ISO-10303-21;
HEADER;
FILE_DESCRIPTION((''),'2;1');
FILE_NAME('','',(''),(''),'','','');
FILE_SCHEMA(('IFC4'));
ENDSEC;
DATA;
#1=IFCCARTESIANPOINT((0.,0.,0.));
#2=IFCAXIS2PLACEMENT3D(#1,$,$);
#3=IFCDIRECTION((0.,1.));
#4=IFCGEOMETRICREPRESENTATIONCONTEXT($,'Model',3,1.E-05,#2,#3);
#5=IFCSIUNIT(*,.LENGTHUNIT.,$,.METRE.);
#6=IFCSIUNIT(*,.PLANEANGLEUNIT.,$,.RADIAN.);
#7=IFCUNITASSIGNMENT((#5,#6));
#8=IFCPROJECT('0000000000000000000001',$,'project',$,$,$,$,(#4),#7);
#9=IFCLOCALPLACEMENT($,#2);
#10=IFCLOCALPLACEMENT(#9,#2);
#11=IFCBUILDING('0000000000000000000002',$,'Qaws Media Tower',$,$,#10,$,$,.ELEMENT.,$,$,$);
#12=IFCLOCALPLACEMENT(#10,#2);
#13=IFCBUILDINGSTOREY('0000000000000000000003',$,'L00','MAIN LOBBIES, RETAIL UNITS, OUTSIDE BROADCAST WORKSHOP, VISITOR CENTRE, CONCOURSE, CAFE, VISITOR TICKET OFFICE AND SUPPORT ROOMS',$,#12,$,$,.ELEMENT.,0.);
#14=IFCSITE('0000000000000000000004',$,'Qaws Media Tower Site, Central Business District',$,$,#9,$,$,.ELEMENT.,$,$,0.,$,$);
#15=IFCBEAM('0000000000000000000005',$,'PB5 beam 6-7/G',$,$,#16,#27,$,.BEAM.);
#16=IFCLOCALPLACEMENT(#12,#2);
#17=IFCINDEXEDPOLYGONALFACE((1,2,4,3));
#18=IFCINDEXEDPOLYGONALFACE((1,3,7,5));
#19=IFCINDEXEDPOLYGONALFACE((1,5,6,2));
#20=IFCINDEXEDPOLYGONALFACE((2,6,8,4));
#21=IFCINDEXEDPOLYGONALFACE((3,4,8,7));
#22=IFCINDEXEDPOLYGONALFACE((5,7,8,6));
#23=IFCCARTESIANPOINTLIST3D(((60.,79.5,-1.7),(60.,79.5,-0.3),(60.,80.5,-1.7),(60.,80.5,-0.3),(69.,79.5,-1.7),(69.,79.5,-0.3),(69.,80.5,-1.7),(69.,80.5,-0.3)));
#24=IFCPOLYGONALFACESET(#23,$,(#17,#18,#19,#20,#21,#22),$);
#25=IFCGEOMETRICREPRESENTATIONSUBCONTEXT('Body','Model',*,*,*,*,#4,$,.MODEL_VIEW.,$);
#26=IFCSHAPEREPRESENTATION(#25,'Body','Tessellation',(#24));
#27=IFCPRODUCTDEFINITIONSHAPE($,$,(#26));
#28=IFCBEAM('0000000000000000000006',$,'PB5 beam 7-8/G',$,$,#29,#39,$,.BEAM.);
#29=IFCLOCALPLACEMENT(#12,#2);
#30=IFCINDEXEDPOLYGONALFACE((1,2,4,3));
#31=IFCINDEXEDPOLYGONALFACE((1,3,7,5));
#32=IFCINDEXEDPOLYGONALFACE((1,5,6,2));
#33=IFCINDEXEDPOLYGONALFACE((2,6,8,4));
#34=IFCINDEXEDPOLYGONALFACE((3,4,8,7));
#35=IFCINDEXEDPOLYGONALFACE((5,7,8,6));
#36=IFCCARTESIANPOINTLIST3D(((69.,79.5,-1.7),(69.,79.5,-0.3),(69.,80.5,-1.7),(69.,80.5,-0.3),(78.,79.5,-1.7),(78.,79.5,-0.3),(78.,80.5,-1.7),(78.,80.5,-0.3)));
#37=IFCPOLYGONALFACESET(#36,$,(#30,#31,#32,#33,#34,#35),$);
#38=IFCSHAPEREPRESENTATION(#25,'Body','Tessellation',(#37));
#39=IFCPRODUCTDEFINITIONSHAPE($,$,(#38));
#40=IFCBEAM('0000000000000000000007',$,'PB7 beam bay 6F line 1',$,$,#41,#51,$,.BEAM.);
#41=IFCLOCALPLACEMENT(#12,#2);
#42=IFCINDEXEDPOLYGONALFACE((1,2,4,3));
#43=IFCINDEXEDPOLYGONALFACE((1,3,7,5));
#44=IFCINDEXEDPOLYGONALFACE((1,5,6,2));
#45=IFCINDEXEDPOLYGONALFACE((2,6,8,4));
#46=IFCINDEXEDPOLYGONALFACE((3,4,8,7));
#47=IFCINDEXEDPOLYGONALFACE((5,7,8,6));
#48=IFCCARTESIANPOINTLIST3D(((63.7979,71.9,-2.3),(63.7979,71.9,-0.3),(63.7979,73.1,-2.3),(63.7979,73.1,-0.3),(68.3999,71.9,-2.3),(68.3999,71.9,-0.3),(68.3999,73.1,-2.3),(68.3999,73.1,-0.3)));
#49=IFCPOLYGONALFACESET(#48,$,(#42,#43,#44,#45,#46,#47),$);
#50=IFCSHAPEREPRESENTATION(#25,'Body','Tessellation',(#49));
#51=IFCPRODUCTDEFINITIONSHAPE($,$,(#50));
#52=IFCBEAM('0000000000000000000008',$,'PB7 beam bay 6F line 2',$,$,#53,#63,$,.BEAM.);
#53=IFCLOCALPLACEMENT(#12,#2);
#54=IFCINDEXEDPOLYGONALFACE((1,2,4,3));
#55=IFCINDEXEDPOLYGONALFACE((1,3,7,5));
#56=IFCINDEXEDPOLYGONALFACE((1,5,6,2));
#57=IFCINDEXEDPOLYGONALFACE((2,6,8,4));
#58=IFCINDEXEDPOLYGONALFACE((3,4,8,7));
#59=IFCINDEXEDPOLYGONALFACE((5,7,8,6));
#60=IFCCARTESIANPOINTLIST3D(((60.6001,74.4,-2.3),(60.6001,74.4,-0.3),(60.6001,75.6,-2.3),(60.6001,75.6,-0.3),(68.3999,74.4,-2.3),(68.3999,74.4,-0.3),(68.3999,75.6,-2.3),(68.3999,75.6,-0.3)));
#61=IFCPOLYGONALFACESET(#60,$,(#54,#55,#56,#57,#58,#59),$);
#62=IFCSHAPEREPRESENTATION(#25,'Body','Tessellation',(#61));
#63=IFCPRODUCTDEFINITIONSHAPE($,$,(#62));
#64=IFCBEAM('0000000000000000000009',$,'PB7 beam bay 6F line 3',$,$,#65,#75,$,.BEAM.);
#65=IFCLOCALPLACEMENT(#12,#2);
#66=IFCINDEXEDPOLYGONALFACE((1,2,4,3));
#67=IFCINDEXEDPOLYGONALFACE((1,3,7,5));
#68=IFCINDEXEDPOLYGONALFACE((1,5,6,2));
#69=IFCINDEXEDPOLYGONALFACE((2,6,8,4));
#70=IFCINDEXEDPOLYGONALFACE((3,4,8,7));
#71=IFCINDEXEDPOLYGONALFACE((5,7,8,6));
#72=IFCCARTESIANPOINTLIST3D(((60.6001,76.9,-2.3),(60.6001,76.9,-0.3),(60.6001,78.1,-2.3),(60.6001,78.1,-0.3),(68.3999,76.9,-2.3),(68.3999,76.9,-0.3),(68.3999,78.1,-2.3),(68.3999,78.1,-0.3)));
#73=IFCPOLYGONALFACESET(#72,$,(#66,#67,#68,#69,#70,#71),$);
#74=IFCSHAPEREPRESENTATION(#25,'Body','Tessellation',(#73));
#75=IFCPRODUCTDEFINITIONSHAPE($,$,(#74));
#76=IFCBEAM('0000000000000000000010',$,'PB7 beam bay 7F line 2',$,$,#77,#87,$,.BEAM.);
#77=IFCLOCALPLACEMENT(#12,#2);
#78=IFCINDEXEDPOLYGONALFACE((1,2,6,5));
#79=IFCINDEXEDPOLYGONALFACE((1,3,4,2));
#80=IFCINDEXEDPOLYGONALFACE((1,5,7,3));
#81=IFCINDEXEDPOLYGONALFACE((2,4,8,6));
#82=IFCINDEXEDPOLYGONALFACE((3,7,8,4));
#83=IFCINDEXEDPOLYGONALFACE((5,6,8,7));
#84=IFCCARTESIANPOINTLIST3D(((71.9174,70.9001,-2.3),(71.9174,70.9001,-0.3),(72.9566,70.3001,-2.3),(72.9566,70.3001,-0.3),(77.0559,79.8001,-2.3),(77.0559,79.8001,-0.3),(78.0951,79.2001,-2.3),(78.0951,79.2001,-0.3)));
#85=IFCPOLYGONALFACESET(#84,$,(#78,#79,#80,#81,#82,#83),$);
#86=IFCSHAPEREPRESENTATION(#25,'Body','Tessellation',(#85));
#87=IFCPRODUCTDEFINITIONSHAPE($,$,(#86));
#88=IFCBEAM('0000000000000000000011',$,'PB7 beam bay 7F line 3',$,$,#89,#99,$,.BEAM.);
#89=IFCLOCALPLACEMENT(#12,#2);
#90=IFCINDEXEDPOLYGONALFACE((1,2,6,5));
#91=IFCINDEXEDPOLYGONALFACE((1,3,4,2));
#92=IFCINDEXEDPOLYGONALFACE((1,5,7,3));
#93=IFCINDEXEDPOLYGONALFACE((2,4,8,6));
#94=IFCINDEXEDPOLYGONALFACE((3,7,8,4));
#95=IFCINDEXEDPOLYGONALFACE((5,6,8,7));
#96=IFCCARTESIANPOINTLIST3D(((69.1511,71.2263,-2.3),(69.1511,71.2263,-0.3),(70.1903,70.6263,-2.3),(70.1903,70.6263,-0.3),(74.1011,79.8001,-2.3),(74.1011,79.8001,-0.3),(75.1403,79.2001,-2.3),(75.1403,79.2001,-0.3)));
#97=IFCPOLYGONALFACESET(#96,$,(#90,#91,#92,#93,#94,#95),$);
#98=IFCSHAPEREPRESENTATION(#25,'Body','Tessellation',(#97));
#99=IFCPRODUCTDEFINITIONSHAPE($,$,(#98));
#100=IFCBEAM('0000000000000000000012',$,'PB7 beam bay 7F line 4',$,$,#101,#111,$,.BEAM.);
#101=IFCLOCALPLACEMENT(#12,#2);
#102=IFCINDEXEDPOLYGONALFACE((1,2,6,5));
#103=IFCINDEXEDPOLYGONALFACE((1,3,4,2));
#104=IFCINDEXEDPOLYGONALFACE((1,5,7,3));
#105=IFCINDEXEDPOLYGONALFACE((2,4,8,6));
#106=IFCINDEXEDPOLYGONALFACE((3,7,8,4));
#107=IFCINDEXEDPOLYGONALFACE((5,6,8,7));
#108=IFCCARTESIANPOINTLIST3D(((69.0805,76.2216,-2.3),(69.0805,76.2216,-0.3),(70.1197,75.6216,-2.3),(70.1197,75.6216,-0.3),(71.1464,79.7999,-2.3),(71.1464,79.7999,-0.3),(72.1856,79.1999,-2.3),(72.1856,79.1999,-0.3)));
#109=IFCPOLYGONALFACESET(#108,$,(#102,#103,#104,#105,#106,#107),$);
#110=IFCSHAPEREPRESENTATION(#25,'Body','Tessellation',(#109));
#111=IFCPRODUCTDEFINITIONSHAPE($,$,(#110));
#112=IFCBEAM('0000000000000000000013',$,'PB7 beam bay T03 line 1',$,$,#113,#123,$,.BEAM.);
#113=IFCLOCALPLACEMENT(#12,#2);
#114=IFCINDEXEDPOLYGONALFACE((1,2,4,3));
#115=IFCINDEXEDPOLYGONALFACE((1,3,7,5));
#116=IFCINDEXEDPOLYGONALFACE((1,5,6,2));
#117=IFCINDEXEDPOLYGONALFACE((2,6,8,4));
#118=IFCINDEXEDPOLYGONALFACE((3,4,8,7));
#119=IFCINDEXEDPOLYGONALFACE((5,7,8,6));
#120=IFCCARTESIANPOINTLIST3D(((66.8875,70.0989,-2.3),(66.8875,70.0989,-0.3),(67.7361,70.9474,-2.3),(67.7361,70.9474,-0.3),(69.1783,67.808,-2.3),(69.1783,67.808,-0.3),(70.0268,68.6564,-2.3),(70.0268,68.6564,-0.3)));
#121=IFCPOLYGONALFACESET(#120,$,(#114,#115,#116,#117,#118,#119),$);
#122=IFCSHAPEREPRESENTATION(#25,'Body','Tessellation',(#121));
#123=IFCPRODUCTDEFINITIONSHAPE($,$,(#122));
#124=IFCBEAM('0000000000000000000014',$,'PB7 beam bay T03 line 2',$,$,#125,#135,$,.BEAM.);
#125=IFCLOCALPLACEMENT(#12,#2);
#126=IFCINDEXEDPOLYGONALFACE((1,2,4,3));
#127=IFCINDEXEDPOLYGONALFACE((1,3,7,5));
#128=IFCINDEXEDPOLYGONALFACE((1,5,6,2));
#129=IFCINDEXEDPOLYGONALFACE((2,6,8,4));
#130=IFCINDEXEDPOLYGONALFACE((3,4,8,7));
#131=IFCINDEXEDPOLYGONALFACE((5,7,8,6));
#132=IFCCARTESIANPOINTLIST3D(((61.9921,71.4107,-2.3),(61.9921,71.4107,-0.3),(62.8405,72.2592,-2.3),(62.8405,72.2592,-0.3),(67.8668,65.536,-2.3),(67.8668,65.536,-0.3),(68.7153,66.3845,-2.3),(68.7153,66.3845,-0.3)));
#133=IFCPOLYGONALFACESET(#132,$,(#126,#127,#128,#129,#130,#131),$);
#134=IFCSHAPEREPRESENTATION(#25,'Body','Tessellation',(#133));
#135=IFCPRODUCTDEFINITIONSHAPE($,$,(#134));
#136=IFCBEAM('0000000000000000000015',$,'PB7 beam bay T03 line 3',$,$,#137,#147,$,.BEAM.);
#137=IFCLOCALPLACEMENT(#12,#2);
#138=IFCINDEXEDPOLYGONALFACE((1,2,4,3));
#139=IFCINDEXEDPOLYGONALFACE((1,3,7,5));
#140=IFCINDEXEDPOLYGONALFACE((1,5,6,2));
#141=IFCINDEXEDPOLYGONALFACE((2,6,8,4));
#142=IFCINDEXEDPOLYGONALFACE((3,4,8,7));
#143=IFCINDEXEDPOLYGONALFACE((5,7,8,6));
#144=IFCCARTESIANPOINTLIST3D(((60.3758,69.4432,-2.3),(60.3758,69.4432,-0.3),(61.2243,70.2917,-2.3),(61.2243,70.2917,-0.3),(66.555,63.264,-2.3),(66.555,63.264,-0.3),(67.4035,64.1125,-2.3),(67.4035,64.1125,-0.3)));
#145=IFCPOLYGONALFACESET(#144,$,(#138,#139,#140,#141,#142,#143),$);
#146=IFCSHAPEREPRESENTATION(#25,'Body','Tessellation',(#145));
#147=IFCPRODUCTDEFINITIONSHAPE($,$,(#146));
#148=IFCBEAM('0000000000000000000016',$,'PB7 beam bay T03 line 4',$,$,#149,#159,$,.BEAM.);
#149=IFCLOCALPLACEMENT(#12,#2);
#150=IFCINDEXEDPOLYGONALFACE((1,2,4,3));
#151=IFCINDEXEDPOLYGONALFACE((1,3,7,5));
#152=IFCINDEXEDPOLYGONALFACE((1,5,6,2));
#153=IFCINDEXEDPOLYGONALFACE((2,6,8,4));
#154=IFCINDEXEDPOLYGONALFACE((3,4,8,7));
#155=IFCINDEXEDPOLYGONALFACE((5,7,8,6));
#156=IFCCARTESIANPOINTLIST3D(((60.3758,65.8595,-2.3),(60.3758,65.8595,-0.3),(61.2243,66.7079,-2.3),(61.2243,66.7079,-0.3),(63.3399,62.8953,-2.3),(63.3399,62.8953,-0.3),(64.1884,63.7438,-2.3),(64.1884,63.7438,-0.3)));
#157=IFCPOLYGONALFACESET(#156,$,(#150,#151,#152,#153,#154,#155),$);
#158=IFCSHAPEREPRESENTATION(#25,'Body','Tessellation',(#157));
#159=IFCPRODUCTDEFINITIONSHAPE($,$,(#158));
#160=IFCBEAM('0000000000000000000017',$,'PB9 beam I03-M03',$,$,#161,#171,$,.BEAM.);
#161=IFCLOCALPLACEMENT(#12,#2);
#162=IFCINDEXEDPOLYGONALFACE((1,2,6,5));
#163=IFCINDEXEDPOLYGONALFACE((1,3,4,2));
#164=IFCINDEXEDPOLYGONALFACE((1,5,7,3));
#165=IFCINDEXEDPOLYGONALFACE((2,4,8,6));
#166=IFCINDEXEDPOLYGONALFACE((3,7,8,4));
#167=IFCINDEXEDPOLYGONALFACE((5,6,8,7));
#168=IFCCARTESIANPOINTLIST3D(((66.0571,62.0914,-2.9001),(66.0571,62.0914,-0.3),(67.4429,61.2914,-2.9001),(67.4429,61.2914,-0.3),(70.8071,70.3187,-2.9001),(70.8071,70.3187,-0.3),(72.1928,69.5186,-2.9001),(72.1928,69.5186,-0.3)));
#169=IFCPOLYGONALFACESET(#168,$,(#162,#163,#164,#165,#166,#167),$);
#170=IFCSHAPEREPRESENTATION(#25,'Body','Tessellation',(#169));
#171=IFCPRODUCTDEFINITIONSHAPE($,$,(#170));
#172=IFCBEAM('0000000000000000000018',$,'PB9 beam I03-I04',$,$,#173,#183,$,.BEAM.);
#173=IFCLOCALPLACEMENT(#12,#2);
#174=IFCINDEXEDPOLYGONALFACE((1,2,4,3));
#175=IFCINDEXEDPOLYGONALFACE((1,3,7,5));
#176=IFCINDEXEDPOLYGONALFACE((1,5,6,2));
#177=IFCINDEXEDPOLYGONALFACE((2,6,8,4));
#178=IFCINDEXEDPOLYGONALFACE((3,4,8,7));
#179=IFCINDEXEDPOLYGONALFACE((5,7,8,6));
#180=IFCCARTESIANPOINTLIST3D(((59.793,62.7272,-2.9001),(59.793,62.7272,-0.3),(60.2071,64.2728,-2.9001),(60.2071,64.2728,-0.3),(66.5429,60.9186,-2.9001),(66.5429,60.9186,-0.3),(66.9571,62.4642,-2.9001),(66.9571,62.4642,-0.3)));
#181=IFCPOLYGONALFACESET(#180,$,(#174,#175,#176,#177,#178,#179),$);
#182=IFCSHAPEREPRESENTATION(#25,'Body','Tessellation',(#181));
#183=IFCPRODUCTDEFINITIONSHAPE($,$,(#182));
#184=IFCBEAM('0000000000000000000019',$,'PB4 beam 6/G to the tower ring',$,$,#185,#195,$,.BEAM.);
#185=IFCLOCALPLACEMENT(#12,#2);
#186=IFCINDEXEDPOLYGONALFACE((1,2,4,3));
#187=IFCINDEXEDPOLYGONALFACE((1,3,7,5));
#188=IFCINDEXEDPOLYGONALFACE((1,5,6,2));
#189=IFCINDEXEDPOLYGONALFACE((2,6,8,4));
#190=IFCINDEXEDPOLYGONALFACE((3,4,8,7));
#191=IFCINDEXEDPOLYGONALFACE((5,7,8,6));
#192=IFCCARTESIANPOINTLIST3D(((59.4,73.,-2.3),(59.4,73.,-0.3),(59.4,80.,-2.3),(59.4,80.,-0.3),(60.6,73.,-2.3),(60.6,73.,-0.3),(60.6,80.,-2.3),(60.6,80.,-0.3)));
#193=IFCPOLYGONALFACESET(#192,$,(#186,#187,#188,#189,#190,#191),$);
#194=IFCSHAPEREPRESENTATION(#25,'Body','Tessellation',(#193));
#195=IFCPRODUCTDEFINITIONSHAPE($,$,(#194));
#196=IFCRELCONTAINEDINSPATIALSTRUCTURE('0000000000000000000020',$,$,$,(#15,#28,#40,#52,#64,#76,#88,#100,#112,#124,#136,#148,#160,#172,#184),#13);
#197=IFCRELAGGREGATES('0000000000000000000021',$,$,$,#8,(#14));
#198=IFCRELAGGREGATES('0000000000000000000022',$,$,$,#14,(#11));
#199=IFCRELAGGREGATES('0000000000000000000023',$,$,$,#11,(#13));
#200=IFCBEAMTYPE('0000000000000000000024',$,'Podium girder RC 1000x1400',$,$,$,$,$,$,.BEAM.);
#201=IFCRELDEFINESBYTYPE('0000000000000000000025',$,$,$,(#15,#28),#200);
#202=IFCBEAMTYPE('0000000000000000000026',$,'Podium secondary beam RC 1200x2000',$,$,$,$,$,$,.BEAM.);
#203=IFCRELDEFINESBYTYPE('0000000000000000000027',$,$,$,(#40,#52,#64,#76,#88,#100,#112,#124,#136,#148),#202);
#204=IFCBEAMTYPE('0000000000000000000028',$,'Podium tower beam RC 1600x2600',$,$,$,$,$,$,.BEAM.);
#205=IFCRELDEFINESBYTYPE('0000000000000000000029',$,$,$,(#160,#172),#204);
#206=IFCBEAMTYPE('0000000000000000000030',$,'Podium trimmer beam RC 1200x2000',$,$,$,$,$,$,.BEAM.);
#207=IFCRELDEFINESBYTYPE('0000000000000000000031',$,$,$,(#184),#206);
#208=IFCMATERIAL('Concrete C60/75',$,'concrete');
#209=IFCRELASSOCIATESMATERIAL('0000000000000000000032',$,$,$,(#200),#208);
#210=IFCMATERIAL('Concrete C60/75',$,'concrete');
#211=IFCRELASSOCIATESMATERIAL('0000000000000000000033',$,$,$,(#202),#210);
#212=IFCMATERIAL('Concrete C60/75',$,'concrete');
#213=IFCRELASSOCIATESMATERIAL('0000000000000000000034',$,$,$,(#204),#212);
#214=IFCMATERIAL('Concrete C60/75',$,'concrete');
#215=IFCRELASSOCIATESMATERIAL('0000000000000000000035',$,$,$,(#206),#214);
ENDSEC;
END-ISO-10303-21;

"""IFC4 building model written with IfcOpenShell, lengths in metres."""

from ifc_helpers import new_model, si_unit, direction, frame, origin, origin_2d, place, context, subcontext, project, spatial, rectangle, extrude, material, material_profile, profile_set, type_object, element, save


model = new_model("IFC4")

# Units and contexts
model_context = context("Model", 3, precision=1e-05, world=origin(), true_north=direction((0.0, 1.0)))
body_context = subcontext(model_context, "Body", "Model", "MODEL_VIEW")
ifc_project = project(units=[si_unit("LENGTHUNIT", "METRE"), si_unit("PLANEANGLEUNIT", "RADIAN")], contexts=[model_context])

# Site, building, storey
site_placement = place(None, origin())
site = spatial("IfcSite", under=ifc_project, at=site_placement, Name="Qaws Media Tower Site, Central Business District", CompositionType="ELEMENT", RefElevation=0.0)
building_placement = place(site_placement, origin())
building = spatial("IfcBuilding", under=site, at=building_placement, Name="Qaws Media Tower", CompositionType="ELEMENT")
storey_placement = place(building_placement, origin())
storey = spatial("IfcBuildingStorey", under=building, at=storey_placement, Name="L00", Description="MAIN LOBBIES, RETAIL UNITS, OUTSIDE BROADCAST WORKSHOP, VISITOR CENTRE, CONCOURSE, CAFE, VISITOR TICKET OFFICE AND SUPPORT ROOMS", CompositionType="ELEMENT", Elevation=0.0)

# Beams
ifc_material_1 = material(Name="Concrete C60/75", Category="concrete")
ifc_material_profile_1 = material_profile(ifc_material_1, rectangle(XDim=1.0, YDim=1.3999, at=origin_2d()), Name="RC 1000x1400")
ifc_profile_set_1 = profile_set([ifc_material_profile_1], Name="Concrete C60/75")
beam_type_1 = type_object("IfcBeamType", Name="Podium girder RC 1000x1400", PredefinedType="BEAM", material=ifc_profile_set_1)
for number, where, z_axis, x_axis, name in (
    (1, (60.0, 80.0, -1.0), (1.0, 0.0, 0.0), (0.0, 1.0, 0.0), "PB5 beam 6-7/G"),
    (2, (69.0, 80.0, -1.0), (1.0, 0.0, 0.0), (0.0, 1.0, 0.0), "PB5 beam 7-8/G"),
):
    element("IfcBeam", number, at=place(storey_placement, frame(where, z_axis=z_axis, x_axis=x_axis)), inside=storey, type_object=beam_type_1, Name=name, PredefinedType="BEAM", context=body_context, shape_type="SweptSolid", body=[
        extrude(rectangle(XDim=1.0, YDim=1.3999, at=origin_2d()), origin(), (0.0, 0.0, 1.0), 9.0),
    ])
ifc_material_2 = material(Name="Concrete C60/75", Category="concrete")
ifc_material_profile_2 = material_profile(ifc_material_2, rectangle(XDim=1.2, YDim=2.0, at=origin_2d()), Name="RC 1200x2000")
ifc_profile_set_2 = profile_set([ifc_material_profile_2], Name="Concrete C60/75")
beam_type_2 = type_object("IfcBeamType", Name="Podium secondary beam RC 1200x2000", PredefinedType="BEAM", material=ifc_profile_set_2)
beam_1_placement = place(storey_placement, frame((63.7979, 72.5, -1.3), z_axis=(1.0, 0.0, 0.0), x_axis=(0.0, 1.0, 0.0)))
element("IfcBeam", 3, at=beam_1_placement, inside=storey, type_object=beam_type_2, Name="PB7 beam bay 6F line 1", PredefinedType="BEAM", context=body_context, shape_type="SweptSolid", body=[
    extrude(rectangle(XDim=1.2, YDim=2.0, at=origin_2d()), origin(), (0.0, 0.0, 1.0), 4.6021),
])
for number, where, z_axis, x_axis, name in (
    (4, (60.6001, 75.0, -1.3), (1.0, 0.0, 0.0), (0.0, 1.0, 0.0), "PB7 beam bay 6F line 2"),
    (5, (60.6001, 77.5, -1.3), (1.0, 0.0, 0.0), (0.0, 1.0, 0.0), "PB7 beam bay 6F line 3"),
):
    element("IfcBeam", number, at=place(storey_placement, frame(where, z_axis=z_axis, x_axis=x_axis)), inside=storey, type_object=beam_type_2, Name=name, PredefinedType="BEAM", context=body_context, shape_type="SweptSolid", body=[
        extrude(rectangle(XDim=1.2, YDim=2.0, at=origin_2d()), origin(), (0.0, 0.0, 1.0), 7.7998),
    ])
beam_2_placement = place(storey_placement, frame((72.437, 70.6001, -1.3), z_axis=(0.500005, 0.866023, 0.0), x_axis=(-0.866023, 0.500005, 0.0)))
element("IfcBeam", 6, at=beam_2_placement, inside=storey, type_object=beam_type_2, Name="PB7 beam bay 7F line 2", PredefinedType="BEAM", context=body_context, shape_type="SweptSolid", body=[
    extrude(rectangle(XDim=1.2, YDim=2.0, at=origin_2d()), origin(), (0.0, 0.0, 1.0), 10.2769),
])
beam_3_placement = place(storey_placement, frame((69.6707, 70.9263, -1.3), z_axis=(0.499993, 0.86603, 0.0), x_axis=(-0.86603, 0.499993, 0.0)))
element("IfcBeam", 7, at=beam_3_placement, inside=storey, type_object=beam_type_2, Name="PB7 beam bay 7F line 3", PredefinedType="BEAM", context=body_context, shape_type="SweptSolid", body=[
    extrude(rectangle(XDim=1.2, YDim=2.0, at=origin_2d()), origin(), (0.0, 0.0, 1.0), 9.9001),
])
beam_4_placement = place(storey_placement, frame((69.6001, 75.9216, -1.3), z_axis=(0.49999, 0.866031, 0.0), x_axis=(-0.866031, 0.49999, 0.0)))
element("IfcBeam", 8, at=beam_4_placement, inside=storey, type_object=beam_type_2, Name="PB7 beam bay 7F line 4", PredefinedType="BEAM", context=body_context, shape_type="SweptSolid", body=[
    extrude(rectangle(XDim=1.2, YDim=2.0, at=origin_2d()), origin(), (0.0, 0.0, 1.0), 4.1318),
])
beam_5_placement = place(storey_placement, frame((69.6025, 68.2322, -1.3), z_axis=(-0.707069, 0.707144, 0.0), x_axis=(-0.707144, -0.707069, 0.0)))
element("IfcBeam", 9, at=beam_5_placement, inside=storey, type_object=beam_type_2, Name="PB7 beam bay T03 line 1", PredefinedType="BEAM", context=body_context, shape_type="SweptSolid", body=[
    extrude(rectangle(XDim=1.2, YDim=2.0, at=origin_2d()), origin(), (0.0, 0.0, 1.0), 3.2397),
])
beam_6_placement = place(storey_placement, frame((68.291, 65.9602, -1.3), z_axis=(-0.707107, 0.707107, 0.0), x_axis=(-0.707107, -0.707107, 0.0)))
element("IfcBeam", 10, at=beam_6_placement, inside=storey, type_object=beam_type_2, Name="PB7 beam bay T03 line 2", PredefinedType="BEAM", context=body_context, shape_type="SweptSolid", body=[
    extrude(rectangle(XDim=1.2, YDim=2.0, at=origin_2d()), origin(), (0.0, 0.0, 1.0), 8.3081),
])
beam_7_placement = place(storey_placement, frame((66.9792, 63.6882, -1.3), z_axis=(-0.707107, 0.707107, 0.0), x_axis=(-0.707107, -0.707107, 0.0)))
element("IfcBeam", 11, at=beam_7_placement, inside=storey, type_object=beam_type_2, Name="PB7 beam bay T03 line 3", PredefinedType="BEAM", context=body_context, shape_type="SweptSolid", body=[
    extrude(rectangle(XDim=1.2, YDim=2.0, at=origin_2d()), origin(), (0.0, 0.0, 1.0), 8.7388),
])
beam_8_placement = place(storey_placement, frame((63.7642, 63.3196, -1.3), z_axis=(-0.707107, 0.707107, 0.0), x_axis=(-0.707107, -0.707107, 0.0)))
element("IfcBeam", 12, at=beam_8_placement, inside=storey, type_object=beam_type_2, Name="PB7 beam bay T03 line 4", PredefinedType="BEAM", context=body_context, shape_type="SweptSolid", body=[
    extrude(rectangle(XDim=1.2, YDim=2.0, at=origin_2d()), origin(), (0.0, 0.0, 1.0), 4.1919),
])
ifc_material_3 = material(Name="Concrete C60/75", Category="concrete")
ifc_material_profile_3 = material_profile(ifc_material_3, rectangle(XDim=1.6001, YDim=2.6001, at=origin_2d()), Name="RC 1600x2600")
ifc_profile_set_3 = profile_set([ifc_material_profile_3], Name="Concrete C60/75")
beam_type_3 = type_object("IfcBeamType", Name="Podium tower beam RC 1600x2600", PredefinedType="BEAM", material=ifc_profile_set_3)
beam_9_placement = place(storey_placement, frame((66.75, 61.6914, -1.6001), z_axis=(0.499998, 0.866027, 0.0), x_axis=(-0.866027, 0.499998, 0.0)))
element("IfcBeam", 13, at=beam_9_placement, inside=storey, type_object=beam_type_3, Name="PB9 beam I03-M03", PredefinedType="BEAM", context=body_context, shape_type="SweptSolid", body=[
    extrude(rectangle(XDim=1.6001, YDim=2.6001, at=origin_2d()), origin(), (0.0, 0.0, 1.0), 9.5),
])
beam_10_placement = place(storey_placement, frame((66.75, 61.6914, -1.6001), z_axis=(-0.965928, 0.258811, 0.0), x_axis=(-0.258811, -0.965928, 0.0)))
element("IfcBeam", 14, at=beam_10_placement, inside=storey, type_object=beam_type_3, Name="PB9 beam I03-I04", PredefinedType="BEAM", context=body_context, shape_type="SweptSolid", body=[
    extrude(rectangle(XDim=1.6001, YDim=2.6001, at=origin_2d()), origin(), (0.0, 0.0, 1.0), 6.988),
])
ifc_material_4 = material(Name="Concrete C60/75", Category="concrete")
ifc_material_profile_4 = material_profile(ifc_material_4, rectangle(XDim=1.2, YDim=2.0, at=origin_2d()), Name="RC 1200x2000")
ifc_profile_set_4 = profile_set([ifc_material_profile_4], Name="Concrete C60/75")
beam_type_4 = type_object("IfcBeamType", Name="Podium trimmer beam RC 1200x2000", PredefinedType="BEAM", material=ifc_profile_set_4)
beam_11_placement = place(storey_placement, frame((60.0, 80.0, -1.3), z_axis=(0.0, -1.0, 0.0), x_axis=(1.0, 0.0, 0.0)))
element("IfcBeam", 15, at=beam_11_placement, inside=storey, type_object=beam_type_4, Name="PB4 beam 6/G to the tower ring", PredefinedType="BEAM", context=body_context, shape_type="SweptSolid", body=[
    extrude(rectangle(XDim=1.2, YDim=2.0, at=origin_2d()), origin(), (0.0, 0.0, 1.0), 7.0),
])

save(model, "model.ifc")
